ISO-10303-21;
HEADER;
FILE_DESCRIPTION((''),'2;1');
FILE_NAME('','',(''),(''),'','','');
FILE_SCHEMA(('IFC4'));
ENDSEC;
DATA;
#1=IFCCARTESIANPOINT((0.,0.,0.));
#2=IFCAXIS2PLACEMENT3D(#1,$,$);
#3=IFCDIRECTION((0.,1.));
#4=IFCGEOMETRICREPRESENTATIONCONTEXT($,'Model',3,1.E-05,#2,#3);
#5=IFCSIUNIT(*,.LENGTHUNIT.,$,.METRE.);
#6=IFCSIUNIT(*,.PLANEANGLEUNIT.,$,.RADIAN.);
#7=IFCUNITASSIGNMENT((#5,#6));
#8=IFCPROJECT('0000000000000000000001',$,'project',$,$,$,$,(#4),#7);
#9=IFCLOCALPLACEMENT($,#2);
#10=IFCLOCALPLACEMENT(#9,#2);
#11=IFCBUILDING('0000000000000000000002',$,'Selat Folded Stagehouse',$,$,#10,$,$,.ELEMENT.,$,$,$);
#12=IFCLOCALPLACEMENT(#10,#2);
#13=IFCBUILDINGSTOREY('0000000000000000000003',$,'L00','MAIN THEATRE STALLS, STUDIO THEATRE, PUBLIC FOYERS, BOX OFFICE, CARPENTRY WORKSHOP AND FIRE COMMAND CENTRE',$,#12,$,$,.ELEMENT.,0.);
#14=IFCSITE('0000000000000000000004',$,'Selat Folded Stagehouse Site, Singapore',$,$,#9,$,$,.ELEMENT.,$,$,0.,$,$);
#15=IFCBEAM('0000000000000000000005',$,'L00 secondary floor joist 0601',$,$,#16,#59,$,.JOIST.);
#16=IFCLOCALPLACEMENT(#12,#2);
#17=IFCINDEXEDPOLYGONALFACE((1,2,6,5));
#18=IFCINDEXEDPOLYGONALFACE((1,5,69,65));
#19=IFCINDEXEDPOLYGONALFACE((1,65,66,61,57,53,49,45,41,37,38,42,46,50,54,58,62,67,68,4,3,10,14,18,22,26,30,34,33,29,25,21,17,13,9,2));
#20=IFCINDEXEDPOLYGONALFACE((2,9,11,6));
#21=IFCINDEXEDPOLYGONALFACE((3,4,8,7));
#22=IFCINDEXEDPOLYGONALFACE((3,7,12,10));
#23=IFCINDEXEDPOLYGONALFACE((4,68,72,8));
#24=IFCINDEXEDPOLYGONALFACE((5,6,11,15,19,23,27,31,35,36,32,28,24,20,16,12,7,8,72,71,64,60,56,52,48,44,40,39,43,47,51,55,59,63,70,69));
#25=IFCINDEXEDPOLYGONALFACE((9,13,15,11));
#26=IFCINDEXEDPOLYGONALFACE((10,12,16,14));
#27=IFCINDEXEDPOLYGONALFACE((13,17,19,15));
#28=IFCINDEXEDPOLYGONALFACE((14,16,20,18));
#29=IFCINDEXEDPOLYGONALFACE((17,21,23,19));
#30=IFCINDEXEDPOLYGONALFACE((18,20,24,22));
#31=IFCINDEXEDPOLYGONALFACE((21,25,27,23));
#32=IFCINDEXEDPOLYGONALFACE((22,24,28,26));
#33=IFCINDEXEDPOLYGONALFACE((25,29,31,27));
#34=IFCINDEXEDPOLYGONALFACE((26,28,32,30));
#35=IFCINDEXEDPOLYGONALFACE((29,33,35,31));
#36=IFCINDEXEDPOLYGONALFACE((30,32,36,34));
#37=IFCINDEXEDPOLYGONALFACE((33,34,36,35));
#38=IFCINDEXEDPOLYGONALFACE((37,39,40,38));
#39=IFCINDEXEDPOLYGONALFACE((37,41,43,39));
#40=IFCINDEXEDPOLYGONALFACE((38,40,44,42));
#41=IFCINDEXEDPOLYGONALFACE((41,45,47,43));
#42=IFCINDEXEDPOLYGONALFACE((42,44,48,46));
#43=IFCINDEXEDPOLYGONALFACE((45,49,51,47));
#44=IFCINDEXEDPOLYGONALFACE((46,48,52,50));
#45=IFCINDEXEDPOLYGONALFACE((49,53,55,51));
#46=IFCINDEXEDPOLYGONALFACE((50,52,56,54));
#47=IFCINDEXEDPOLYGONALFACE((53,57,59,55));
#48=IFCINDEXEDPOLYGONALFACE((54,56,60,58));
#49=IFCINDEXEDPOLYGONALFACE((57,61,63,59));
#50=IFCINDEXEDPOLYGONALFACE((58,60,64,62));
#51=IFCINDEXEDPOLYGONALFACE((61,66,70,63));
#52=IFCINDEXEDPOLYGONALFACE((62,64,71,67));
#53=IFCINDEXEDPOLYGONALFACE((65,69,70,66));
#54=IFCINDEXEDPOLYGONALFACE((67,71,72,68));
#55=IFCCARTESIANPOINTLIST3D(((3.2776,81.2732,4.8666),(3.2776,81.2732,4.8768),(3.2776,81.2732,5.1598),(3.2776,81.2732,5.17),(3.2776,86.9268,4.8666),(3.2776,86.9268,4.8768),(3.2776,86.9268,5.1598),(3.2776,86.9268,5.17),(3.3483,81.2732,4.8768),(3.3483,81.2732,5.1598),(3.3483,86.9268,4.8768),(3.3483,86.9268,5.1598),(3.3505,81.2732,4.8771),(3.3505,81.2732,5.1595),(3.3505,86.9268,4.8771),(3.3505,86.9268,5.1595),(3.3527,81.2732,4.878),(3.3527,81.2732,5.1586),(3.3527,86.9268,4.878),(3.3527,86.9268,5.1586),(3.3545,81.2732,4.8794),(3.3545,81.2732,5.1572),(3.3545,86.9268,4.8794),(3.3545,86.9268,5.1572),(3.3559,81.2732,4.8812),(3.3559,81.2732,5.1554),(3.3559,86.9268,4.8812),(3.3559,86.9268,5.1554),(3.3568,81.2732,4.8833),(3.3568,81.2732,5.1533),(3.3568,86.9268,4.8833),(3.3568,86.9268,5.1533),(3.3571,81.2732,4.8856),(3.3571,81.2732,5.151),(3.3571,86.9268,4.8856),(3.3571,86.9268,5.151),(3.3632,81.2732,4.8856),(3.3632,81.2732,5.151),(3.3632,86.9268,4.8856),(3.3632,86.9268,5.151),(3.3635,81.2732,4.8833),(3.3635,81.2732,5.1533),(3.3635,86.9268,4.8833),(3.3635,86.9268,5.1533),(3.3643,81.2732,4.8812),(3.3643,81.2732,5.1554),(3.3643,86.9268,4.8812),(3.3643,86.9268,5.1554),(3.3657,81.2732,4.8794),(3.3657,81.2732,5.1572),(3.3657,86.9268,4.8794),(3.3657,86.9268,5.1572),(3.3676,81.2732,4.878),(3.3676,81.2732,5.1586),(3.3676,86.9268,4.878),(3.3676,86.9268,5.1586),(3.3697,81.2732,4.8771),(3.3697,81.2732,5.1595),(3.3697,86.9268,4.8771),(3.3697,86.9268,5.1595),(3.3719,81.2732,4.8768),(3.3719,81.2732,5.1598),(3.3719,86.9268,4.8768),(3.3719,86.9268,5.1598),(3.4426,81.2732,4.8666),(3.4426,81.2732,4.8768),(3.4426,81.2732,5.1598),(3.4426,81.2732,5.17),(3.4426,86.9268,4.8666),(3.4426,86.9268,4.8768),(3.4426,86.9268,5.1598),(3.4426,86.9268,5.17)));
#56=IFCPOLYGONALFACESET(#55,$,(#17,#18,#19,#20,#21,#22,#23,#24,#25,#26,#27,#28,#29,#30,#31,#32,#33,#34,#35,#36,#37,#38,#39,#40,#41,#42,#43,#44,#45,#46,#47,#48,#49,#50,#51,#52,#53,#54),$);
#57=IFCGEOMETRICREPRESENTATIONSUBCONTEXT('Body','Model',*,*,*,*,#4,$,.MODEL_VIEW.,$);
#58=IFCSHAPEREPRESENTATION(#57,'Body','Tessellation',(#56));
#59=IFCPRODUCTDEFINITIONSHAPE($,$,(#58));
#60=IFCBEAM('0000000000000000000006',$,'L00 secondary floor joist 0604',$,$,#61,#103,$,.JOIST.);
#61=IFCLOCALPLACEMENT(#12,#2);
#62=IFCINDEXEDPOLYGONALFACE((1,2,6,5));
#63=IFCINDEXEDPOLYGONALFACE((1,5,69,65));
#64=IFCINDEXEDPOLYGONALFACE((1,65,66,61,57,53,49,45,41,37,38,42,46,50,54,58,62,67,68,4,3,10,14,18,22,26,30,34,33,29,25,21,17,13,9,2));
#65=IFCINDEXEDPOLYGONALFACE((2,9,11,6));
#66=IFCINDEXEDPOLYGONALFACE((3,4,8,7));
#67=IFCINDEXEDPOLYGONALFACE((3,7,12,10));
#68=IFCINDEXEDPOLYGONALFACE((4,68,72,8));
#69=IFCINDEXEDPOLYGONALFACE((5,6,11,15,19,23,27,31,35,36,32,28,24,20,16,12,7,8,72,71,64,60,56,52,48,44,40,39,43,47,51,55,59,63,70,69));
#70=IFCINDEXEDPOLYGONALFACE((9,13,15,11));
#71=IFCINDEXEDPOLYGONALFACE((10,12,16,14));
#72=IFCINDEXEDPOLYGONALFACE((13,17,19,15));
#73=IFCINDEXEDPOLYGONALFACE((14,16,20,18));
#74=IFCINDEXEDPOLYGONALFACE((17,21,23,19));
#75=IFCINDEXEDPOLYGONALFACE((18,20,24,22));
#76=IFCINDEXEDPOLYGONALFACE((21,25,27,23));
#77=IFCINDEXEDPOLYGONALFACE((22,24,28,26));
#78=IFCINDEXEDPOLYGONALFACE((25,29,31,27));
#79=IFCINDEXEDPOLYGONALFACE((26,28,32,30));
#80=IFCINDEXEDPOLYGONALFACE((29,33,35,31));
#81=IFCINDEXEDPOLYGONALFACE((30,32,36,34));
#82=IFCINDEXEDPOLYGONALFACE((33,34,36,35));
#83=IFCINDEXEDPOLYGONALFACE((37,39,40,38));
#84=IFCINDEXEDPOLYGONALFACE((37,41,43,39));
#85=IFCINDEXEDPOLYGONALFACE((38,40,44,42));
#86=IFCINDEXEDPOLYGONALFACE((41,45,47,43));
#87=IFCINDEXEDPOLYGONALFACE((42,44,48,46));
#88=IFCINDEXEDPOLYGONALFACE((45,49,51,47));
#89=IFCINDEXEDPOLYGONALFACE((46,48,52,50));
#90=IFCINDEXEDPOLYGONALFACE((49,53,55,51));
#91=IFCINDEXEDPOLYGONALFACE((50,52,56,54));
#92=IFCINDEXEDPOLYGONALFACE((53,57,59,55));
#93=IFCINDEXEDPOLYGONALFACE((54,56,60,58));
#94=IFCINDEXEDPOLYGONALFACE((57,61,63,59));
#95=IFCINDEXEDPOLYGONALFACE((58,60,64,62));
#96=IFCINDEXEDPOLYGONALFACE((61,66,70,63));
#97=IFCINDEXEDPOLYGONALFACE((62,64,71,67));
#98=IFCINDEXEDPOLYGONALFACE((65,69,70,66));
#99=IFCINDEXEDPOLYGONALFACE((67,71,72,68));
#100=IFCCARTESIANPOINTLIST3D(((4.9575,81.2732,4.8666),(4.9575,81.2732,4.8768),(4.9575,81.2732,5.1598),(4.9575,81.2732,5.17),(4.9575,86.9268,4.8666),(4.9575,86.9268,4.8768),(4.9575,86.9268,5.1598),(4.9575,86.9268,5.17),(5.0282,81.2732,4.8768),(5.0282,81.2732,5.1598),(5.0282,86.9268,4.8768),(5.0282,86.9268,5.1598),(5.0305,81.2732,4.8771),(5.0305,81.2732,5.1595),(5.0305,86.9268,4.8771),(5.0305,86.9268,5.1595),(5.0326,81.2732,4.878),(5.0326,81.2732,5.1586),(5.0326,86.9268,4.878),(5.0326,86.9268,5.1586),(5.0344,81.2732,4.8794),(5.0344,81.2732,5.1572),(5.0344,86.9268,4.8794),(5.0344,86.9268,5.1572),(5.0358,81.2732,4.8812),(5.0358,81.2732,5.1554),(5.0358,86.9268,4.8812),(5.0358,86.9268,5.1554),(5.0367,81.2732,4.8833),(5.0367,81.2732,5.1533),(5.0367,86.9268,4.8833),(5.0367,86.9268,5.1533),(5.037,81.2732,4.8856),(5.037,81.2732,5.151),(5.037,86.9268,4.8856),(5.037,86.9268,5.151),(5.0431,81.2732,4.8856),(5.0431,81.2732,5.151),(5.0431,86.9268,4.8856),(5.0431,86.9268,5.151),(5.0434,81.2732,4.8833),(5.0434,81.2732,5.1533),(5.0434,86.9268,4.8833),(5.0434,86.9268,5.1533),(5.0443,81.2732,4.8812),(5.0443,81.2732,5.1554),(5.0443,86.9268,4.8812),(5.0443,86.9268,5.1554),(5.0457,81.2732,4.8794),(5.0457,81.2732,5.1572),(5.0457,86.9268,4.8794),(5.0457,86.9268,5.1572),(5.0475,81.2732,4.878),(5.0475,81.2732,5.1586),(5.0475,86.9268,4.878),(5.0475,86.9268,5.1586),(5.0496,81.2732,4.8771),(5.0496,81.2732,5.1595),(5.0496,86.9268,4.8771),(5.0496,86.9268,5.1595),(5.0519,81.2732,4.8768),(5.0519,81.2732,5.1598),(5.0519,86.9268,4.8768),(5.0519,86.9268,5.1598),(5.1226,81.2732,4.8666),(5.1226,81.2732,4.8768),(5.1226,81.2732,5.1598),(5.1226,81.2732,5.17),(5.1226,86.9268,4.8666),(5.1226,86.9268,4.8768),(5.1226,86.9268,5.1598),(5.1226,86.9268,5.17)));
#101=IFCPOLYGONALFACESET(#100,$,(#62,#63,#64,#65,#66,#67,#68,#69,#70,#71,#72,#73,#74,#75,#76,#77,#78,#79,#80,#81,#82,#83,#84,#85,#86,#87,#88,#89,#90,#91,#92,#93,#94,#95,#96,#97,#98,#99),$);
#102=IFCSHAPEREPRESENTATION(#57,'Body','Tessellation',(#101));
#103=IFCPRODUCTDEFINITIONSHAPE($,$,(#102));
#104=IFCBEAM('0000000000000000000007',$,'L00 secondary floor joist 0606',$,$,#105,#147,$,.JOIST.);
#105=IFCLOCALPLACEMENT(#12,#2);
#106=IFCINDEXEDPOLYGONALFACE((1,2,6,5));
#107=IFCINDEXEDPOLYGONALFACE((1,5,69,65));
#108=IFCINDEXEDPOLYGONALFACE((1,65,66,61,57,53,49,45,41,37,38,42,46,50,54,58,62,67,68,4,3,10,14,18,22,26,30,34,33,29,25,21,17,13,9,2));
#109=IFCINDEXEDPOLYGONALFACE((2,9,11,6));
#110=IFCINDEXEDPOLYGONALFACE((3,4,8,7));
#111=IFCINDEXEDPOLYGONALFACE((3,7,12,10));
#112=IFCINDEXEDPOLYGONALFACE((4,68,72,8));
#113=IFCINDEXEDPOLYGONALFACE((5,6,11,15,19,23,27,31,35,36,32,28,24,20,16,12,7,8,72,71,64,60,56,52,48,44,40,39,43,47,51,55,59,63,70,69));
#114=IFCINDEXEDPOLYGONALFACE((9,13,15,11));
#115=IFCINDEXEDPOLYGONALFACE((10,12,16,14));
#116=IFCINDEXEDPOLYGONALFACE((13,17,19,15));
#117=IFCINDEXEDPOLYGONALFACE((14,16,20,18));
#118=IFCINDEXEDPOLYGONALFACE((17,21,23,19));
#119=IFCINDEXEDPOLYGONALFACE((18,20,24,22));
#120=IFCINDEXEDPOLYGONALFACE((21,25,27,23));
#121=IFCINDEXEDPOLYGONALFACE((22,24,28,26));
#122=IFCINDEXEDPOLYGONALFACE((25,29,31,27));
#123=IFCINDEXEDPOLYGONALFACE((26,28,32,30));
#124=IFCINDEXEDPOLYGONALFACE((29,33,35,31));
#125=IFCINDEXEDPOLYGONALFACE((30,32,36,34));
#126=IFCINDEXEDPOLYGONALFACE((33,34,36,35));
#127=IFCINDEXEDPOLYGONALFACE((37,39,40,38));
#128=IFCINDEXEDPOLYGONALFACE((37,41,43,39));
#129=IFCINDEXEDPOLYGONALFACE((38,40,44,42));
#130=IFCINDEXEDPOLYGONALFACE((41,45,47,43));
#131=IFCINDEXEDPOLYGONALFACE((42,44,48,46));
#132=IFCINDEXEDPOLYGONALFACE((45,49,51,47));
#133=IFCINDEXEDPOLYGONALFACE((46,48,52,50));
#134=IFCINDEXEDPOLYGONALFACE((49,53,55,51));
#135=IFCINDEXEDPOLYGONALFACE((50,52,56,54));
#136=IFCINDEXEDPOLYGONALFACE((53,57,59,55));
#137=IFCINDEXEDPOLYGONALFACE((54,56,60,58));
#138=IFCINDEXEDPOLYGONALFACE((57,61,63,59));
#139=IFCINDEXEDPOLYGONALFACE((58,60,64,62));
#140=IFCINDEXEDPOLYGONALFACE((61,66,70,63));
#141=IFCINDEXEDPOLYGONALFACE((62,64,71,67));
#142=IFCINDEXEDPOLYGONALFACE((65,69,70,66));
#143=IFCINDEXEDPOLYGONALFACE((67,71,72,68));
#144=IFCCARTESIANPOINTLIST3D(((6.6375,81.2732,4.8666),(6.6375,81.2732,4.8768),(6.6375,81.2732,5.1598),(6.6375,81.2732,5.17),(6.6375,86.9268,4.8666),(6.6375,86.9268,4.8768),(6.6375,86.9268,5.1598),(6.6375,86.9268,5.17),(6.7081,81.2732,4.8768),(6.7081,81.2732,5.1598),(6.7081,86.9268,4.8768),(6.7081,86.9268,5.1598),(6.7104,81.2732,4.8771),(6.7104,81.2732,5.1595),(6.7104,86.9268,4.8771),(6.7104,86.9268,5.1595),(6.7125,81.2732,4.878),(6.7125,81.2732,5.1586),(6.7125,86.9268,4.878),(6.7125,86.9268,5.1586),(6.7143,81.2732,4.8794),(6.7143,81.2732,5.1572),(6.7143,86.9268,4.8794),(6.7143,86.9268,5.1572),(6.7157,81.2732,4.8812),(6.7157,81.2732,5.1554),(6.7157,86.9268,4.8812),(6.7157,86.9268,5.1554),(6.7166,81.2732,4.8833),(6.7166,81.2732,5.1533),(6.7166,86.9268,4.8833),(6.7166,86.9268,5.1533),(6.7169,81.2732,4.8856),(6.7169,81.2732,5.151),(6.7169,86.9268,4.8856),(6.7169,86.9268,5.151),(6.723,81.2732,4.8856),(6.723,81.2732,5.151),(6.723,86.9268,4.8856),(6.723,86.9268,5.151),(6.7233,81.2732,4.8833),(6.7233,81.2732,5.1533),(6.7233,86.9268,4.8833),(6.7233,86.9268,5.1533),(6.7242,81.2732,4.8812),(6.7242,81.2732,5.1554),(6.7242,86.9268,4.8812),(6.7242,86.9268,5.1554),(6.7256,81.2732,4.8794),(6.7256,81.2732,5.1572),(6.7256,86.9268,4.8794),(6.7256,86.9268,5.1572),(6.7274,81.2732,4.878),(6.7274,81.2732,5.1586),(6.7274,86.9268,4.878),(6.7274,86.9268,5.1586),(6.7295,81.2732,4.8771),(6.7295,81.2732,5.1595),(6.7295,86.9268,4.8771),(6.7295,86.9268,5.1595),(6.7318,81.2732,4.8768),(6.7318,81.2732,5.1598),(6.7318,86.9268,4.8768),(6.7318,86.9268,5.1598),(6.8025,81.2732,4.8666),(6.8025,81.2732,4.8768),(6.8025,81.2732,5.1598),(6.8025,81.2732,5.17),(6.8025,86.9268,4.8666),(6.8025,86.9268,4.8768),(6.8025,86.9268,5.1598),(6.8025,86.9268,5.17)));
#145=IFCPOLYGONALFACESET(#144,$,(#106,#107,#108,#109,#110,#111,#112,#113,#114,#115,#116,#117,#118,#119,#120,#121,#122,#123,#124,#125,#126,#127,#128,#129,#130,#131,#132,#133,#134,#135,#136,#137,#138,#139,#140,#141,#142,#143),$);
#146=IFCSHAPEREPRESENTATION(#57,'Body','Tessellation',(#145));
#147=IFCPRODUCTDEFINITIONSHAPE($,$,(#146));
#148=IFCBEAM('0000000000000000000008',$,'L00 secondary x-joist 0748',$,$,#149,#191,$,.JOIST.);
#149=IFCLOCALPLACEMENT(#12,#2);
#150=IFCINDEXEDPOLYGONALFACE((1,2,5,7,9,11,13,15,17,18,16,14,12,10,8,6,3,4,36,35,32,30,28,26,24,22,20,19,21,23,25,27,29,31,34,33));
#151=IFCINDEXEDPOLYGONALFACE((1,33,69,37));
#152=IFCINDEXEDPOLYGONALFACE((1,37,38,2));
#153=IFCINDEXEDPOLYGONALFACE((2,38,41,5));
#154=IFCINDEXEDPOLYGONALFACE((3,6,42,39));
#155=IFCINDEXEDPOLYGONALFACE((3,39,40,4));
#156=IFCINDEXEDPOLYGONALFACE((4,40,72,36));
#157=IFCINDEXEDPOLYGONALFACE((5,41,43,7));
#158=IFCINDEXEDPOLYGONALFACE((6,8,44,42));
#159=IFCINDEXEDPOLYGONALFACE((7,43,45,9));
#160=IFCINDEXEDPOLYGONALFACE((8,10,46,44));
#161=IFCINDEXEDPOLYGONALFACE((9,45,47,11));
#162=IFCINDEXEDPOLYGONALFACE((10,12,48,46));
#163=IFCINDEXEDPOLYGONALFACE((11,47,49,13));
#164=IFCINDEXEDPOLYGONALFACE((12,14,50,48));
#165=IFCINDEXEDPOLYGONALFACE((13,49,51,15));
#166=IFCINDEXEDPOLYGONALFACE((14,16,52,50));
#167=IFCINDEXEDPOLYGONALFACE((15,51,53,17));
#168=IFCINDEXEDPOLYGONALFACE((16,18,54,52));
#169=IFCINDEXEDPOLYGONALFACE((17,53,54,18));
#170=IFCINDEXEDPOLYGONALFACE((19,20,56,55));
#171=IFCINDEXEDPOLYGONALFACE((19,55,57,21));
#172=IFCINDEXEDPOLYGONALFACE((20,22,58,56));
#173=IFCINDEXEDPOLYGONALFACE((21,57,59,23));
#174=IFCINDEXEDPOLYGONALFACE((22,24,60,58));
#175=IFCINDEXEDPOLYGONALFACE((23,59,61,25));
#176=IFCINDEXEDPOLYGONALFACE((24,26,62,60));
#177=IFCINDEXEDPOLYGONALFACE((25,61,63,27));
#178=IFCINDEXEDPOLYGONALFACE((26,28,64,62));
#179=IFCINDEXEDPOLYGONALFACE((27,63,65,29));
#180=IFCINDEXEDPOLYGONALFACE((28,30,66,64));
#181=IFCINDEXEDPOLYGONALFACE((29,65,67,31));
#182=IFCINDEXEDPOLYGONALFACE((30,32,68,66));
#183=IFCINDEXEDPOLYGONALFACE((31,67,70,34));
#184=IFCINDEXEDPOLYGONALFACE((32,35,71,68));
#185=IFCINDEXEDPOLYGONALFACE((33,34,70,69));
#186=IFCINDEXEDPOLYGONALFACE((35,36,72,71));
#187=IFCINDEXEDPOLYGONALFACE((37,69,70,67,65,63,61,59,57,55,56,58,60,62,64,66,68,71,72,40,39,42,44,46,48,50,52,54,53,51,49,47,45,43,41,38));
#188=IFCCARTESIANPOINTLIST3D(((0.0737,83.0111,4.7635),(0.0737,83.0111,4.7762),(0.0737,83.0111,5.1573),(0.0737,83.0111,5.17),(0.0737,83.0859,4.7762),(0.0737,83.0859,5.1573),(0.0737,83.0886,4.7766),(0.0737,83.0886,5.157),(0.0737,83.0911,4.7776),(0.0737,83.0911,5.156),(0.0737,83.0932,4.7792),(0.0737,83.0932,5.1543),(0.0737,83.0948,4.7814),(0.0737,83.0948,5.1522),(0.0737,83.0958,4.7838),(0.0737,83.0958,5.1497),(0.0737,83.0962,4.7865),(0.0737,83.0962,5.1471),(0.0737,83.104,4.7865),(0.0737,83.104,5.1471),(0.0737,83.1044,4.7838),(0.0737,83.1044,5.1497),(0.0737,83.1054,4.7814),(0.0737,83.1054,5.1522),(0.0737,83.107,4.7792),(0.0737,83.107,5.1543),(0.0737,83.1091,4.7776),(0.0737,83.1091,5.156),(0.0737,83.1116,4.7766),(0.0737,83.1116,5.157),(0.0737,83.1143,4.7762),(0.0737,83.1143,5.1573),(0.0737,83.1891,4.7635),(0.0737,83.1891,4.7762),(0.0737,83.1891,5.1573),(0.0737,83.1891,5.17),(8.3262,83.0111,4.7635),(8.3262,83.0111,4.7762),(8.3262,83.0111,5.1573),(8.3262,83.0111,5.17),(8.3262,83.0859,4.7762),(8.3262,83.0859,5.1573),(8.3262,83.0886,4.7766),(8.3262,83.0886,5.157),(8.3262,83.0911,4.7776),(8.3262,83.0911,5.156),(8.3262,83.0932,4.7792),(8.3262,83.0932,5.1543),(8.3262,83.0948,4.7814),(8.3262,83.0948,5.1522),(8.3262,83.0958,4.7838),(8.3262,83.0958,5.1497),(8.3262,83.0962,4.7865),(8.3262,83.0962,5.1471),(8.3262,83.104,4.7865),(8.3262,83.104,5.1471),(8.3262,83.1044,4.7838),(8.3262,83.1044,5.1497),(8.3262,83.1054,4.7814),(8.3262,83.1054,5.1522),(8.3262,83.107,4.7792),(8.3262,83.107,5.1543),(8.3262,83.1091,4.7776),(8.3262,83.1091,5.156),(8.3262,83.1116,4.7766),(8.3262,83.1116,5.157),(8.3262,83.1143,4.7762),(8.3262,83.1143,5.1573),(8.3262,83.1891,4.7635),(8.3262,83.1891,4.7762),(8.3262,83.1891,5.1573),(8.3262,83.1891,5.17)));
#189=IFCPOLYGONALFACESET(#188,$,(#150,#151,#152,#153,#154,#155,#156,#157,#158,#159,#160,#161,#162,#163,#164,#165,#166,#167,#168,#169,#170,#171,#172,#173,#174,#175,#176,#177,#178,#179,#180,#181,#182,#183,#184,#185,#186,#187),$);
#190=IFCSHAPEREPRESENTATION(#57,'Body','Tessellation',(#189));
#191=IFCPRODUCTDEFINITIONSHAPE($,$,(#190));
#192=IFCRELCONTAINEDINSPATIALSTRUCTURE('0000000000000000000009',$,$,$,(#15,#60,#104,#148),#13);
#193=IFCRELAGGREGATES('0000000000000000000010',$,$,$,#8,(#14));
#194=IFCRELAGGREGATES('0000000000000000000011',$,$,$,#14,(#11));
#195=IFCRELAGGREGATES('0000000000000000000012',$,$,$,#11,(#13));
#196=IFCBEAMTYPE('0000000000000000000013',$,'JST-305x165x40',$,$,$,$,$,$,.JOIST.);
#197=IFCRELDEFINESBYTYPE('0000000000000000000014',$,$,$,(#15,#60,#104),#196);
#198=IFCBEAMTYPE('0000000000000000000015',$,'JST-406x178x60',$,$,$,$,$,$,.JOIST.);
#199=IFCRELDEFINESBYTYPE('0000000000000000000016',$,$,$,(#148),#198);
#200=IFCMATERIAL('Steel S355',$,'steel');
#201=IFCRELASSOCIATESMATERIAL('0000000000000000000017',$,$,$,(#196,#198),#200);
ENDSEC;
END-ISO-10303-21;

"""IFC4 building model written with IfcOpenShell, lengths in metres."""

from ifc_helpers import new_model, si_unit, direction, frame, origin, origin_2d, place, context, subcontext, project, spatial, i_section, extrude, material, material_profile, profile_set, type_object, element, save


model = new_model("IFC4")

# Units and contexts
model_context = context("Model", 3, precision=1e-05, world=origin(), true_north=direction((0.0, 1.0)))
body_context = subcontext(model_context, "Body", "Model", "MODEL_VIEW")
ifc_project = project(units=[si_unit("LENGTHUNIT", "METRE"), si_unit("PLANEANGLEUNIT", "RADIAN")], contexts=[model_context])

# Site, building, storey
site_placement = place(None, origin())
site = spatial("IfcSite", under=ifc_project, at=site_placement, Name="Selat Folded Stagehouse Site, Singapore", CompositionType="ELEMENT", RefElevation=0.0)
building_placement = place(site_placement, origin())
building = spatial("IfcBuilding", under=site, at=building_placement, Name="Selat Folded Stagehouse", CompositionType="ELEMENT")
storey_placement = place(building_placement, origin())
storey = spatial("IfcBuildingStorey", under=building, at=storey_placement, Name="L00", Description="MAIN THEATRE STALLS, STUDIO THEATRE, PUBLIC FOYERS, BOX OFFICE, CARPENTRY WORKSHOP AND FIRE COMMAND CENTRE", CompositionType="ELEMENT", Elevation=0.0)

# Shared definitions
ifc_material_1 = material(Name="Steel S355", Category="steel")

# Beams
ifc_material_profile_1 = material_profile(ifc_material_1, i_section(OverallWidth=0.165, OverallDepth=0.3035, WebThickness=0.0061, FlangeThickness=0.0103, FilletRadius=0.0088, at=origin_2d()), Name="UKB 305x165x40")
ifc_profile_set_1 = profile_set([ifc_material_profile_1], Name="Steel S355")
beam_type_1 = type_object("IfcBeamType", Name="JST-305x165x40", PredefinedType="JOIST", material=ifc_profile_set_1)
for number, where, z_axis, x_axis, name in (
    (1, (3.3601, 81.2732, 5.0183), (0.0, 1.0, 0.0), (-1.0, 0.0, 0.0), "L00 secondary floor joist 0601"),
    (2, (5.04, 81.2732, 5.0183), (0.0, 1.0, 0.0), (-1.0, 0.0, 0.0), "L00 secondary floor joist 0604"),
    (3, (6.72, 81.2732, 5.0183), (0.0, 1.0, 0.0), (-1.0, 0.0, 0.0), "L00 secondary floor joist 0606"),
):
    element("IfcBeam", number, at=place(storey_placement, frame(where, z_axis=z_axis, x_axis=x_axis)), inside=storey, type_object=beam_type_1, Name=name, PredefinedType="JOIST", context=body_context, shape_type="SweptSolid", body=[
        extrude(i_section(OverallWidth=0.165, OverallDepth=0.3035, WebThickness=0.0061, FlangeThickness=0.0103, FilletRadius=0.0088, at=origin_2d()), origin(), (0.0, 0.0, 1.0), 5.6536),
    ])
ifc_material_profile_2 = material_profile(ifc_material_1, i_section(OverallWidth=0.178, OverallDepth=0.4065, WebThickness=0.0078, FlangeThickness=0.0127, FilletRadius=0.0103, at=origin_2d()), Name="UKB 406x178x60")
ifc_profile_set_2 = profile_set([ifc_material_profile_2], Name="Steel S355")
beam_type_2 = type_object("IfcBeamType", Name="JST-406x178x60", PredefinedType="JOIST", material=ifc_profile_set_2)
for number, where, z_axis, x_axis, name in (
    (4, (0.0737, 83.1001, 4.9668), (1.0, 0.0, 0.0), (0.0, 1.0, 0.0), "L00 secondary x-joist 0748"),
):
    element("IfcBeam", number, at=place(storey_placement, frame(where, z_axis=z_axis, x_axis=x_axis)), inside=storey, type_object=beam_type_2, Name=name, PredefinedType="JOIST", context=body_context, shape_type="SweptSolid", body=[
        extrude(i_section(OverallWidth=0.178, OverallDepth=0.4065, WebThickness=0.0078, FlangeThickness=0.0127, FilletRadius=0.0103, at=origin_2d()), origin(), (0.0, 0.0, 1.0), 8.2524),
    ])

save(model, "model.ifc")
